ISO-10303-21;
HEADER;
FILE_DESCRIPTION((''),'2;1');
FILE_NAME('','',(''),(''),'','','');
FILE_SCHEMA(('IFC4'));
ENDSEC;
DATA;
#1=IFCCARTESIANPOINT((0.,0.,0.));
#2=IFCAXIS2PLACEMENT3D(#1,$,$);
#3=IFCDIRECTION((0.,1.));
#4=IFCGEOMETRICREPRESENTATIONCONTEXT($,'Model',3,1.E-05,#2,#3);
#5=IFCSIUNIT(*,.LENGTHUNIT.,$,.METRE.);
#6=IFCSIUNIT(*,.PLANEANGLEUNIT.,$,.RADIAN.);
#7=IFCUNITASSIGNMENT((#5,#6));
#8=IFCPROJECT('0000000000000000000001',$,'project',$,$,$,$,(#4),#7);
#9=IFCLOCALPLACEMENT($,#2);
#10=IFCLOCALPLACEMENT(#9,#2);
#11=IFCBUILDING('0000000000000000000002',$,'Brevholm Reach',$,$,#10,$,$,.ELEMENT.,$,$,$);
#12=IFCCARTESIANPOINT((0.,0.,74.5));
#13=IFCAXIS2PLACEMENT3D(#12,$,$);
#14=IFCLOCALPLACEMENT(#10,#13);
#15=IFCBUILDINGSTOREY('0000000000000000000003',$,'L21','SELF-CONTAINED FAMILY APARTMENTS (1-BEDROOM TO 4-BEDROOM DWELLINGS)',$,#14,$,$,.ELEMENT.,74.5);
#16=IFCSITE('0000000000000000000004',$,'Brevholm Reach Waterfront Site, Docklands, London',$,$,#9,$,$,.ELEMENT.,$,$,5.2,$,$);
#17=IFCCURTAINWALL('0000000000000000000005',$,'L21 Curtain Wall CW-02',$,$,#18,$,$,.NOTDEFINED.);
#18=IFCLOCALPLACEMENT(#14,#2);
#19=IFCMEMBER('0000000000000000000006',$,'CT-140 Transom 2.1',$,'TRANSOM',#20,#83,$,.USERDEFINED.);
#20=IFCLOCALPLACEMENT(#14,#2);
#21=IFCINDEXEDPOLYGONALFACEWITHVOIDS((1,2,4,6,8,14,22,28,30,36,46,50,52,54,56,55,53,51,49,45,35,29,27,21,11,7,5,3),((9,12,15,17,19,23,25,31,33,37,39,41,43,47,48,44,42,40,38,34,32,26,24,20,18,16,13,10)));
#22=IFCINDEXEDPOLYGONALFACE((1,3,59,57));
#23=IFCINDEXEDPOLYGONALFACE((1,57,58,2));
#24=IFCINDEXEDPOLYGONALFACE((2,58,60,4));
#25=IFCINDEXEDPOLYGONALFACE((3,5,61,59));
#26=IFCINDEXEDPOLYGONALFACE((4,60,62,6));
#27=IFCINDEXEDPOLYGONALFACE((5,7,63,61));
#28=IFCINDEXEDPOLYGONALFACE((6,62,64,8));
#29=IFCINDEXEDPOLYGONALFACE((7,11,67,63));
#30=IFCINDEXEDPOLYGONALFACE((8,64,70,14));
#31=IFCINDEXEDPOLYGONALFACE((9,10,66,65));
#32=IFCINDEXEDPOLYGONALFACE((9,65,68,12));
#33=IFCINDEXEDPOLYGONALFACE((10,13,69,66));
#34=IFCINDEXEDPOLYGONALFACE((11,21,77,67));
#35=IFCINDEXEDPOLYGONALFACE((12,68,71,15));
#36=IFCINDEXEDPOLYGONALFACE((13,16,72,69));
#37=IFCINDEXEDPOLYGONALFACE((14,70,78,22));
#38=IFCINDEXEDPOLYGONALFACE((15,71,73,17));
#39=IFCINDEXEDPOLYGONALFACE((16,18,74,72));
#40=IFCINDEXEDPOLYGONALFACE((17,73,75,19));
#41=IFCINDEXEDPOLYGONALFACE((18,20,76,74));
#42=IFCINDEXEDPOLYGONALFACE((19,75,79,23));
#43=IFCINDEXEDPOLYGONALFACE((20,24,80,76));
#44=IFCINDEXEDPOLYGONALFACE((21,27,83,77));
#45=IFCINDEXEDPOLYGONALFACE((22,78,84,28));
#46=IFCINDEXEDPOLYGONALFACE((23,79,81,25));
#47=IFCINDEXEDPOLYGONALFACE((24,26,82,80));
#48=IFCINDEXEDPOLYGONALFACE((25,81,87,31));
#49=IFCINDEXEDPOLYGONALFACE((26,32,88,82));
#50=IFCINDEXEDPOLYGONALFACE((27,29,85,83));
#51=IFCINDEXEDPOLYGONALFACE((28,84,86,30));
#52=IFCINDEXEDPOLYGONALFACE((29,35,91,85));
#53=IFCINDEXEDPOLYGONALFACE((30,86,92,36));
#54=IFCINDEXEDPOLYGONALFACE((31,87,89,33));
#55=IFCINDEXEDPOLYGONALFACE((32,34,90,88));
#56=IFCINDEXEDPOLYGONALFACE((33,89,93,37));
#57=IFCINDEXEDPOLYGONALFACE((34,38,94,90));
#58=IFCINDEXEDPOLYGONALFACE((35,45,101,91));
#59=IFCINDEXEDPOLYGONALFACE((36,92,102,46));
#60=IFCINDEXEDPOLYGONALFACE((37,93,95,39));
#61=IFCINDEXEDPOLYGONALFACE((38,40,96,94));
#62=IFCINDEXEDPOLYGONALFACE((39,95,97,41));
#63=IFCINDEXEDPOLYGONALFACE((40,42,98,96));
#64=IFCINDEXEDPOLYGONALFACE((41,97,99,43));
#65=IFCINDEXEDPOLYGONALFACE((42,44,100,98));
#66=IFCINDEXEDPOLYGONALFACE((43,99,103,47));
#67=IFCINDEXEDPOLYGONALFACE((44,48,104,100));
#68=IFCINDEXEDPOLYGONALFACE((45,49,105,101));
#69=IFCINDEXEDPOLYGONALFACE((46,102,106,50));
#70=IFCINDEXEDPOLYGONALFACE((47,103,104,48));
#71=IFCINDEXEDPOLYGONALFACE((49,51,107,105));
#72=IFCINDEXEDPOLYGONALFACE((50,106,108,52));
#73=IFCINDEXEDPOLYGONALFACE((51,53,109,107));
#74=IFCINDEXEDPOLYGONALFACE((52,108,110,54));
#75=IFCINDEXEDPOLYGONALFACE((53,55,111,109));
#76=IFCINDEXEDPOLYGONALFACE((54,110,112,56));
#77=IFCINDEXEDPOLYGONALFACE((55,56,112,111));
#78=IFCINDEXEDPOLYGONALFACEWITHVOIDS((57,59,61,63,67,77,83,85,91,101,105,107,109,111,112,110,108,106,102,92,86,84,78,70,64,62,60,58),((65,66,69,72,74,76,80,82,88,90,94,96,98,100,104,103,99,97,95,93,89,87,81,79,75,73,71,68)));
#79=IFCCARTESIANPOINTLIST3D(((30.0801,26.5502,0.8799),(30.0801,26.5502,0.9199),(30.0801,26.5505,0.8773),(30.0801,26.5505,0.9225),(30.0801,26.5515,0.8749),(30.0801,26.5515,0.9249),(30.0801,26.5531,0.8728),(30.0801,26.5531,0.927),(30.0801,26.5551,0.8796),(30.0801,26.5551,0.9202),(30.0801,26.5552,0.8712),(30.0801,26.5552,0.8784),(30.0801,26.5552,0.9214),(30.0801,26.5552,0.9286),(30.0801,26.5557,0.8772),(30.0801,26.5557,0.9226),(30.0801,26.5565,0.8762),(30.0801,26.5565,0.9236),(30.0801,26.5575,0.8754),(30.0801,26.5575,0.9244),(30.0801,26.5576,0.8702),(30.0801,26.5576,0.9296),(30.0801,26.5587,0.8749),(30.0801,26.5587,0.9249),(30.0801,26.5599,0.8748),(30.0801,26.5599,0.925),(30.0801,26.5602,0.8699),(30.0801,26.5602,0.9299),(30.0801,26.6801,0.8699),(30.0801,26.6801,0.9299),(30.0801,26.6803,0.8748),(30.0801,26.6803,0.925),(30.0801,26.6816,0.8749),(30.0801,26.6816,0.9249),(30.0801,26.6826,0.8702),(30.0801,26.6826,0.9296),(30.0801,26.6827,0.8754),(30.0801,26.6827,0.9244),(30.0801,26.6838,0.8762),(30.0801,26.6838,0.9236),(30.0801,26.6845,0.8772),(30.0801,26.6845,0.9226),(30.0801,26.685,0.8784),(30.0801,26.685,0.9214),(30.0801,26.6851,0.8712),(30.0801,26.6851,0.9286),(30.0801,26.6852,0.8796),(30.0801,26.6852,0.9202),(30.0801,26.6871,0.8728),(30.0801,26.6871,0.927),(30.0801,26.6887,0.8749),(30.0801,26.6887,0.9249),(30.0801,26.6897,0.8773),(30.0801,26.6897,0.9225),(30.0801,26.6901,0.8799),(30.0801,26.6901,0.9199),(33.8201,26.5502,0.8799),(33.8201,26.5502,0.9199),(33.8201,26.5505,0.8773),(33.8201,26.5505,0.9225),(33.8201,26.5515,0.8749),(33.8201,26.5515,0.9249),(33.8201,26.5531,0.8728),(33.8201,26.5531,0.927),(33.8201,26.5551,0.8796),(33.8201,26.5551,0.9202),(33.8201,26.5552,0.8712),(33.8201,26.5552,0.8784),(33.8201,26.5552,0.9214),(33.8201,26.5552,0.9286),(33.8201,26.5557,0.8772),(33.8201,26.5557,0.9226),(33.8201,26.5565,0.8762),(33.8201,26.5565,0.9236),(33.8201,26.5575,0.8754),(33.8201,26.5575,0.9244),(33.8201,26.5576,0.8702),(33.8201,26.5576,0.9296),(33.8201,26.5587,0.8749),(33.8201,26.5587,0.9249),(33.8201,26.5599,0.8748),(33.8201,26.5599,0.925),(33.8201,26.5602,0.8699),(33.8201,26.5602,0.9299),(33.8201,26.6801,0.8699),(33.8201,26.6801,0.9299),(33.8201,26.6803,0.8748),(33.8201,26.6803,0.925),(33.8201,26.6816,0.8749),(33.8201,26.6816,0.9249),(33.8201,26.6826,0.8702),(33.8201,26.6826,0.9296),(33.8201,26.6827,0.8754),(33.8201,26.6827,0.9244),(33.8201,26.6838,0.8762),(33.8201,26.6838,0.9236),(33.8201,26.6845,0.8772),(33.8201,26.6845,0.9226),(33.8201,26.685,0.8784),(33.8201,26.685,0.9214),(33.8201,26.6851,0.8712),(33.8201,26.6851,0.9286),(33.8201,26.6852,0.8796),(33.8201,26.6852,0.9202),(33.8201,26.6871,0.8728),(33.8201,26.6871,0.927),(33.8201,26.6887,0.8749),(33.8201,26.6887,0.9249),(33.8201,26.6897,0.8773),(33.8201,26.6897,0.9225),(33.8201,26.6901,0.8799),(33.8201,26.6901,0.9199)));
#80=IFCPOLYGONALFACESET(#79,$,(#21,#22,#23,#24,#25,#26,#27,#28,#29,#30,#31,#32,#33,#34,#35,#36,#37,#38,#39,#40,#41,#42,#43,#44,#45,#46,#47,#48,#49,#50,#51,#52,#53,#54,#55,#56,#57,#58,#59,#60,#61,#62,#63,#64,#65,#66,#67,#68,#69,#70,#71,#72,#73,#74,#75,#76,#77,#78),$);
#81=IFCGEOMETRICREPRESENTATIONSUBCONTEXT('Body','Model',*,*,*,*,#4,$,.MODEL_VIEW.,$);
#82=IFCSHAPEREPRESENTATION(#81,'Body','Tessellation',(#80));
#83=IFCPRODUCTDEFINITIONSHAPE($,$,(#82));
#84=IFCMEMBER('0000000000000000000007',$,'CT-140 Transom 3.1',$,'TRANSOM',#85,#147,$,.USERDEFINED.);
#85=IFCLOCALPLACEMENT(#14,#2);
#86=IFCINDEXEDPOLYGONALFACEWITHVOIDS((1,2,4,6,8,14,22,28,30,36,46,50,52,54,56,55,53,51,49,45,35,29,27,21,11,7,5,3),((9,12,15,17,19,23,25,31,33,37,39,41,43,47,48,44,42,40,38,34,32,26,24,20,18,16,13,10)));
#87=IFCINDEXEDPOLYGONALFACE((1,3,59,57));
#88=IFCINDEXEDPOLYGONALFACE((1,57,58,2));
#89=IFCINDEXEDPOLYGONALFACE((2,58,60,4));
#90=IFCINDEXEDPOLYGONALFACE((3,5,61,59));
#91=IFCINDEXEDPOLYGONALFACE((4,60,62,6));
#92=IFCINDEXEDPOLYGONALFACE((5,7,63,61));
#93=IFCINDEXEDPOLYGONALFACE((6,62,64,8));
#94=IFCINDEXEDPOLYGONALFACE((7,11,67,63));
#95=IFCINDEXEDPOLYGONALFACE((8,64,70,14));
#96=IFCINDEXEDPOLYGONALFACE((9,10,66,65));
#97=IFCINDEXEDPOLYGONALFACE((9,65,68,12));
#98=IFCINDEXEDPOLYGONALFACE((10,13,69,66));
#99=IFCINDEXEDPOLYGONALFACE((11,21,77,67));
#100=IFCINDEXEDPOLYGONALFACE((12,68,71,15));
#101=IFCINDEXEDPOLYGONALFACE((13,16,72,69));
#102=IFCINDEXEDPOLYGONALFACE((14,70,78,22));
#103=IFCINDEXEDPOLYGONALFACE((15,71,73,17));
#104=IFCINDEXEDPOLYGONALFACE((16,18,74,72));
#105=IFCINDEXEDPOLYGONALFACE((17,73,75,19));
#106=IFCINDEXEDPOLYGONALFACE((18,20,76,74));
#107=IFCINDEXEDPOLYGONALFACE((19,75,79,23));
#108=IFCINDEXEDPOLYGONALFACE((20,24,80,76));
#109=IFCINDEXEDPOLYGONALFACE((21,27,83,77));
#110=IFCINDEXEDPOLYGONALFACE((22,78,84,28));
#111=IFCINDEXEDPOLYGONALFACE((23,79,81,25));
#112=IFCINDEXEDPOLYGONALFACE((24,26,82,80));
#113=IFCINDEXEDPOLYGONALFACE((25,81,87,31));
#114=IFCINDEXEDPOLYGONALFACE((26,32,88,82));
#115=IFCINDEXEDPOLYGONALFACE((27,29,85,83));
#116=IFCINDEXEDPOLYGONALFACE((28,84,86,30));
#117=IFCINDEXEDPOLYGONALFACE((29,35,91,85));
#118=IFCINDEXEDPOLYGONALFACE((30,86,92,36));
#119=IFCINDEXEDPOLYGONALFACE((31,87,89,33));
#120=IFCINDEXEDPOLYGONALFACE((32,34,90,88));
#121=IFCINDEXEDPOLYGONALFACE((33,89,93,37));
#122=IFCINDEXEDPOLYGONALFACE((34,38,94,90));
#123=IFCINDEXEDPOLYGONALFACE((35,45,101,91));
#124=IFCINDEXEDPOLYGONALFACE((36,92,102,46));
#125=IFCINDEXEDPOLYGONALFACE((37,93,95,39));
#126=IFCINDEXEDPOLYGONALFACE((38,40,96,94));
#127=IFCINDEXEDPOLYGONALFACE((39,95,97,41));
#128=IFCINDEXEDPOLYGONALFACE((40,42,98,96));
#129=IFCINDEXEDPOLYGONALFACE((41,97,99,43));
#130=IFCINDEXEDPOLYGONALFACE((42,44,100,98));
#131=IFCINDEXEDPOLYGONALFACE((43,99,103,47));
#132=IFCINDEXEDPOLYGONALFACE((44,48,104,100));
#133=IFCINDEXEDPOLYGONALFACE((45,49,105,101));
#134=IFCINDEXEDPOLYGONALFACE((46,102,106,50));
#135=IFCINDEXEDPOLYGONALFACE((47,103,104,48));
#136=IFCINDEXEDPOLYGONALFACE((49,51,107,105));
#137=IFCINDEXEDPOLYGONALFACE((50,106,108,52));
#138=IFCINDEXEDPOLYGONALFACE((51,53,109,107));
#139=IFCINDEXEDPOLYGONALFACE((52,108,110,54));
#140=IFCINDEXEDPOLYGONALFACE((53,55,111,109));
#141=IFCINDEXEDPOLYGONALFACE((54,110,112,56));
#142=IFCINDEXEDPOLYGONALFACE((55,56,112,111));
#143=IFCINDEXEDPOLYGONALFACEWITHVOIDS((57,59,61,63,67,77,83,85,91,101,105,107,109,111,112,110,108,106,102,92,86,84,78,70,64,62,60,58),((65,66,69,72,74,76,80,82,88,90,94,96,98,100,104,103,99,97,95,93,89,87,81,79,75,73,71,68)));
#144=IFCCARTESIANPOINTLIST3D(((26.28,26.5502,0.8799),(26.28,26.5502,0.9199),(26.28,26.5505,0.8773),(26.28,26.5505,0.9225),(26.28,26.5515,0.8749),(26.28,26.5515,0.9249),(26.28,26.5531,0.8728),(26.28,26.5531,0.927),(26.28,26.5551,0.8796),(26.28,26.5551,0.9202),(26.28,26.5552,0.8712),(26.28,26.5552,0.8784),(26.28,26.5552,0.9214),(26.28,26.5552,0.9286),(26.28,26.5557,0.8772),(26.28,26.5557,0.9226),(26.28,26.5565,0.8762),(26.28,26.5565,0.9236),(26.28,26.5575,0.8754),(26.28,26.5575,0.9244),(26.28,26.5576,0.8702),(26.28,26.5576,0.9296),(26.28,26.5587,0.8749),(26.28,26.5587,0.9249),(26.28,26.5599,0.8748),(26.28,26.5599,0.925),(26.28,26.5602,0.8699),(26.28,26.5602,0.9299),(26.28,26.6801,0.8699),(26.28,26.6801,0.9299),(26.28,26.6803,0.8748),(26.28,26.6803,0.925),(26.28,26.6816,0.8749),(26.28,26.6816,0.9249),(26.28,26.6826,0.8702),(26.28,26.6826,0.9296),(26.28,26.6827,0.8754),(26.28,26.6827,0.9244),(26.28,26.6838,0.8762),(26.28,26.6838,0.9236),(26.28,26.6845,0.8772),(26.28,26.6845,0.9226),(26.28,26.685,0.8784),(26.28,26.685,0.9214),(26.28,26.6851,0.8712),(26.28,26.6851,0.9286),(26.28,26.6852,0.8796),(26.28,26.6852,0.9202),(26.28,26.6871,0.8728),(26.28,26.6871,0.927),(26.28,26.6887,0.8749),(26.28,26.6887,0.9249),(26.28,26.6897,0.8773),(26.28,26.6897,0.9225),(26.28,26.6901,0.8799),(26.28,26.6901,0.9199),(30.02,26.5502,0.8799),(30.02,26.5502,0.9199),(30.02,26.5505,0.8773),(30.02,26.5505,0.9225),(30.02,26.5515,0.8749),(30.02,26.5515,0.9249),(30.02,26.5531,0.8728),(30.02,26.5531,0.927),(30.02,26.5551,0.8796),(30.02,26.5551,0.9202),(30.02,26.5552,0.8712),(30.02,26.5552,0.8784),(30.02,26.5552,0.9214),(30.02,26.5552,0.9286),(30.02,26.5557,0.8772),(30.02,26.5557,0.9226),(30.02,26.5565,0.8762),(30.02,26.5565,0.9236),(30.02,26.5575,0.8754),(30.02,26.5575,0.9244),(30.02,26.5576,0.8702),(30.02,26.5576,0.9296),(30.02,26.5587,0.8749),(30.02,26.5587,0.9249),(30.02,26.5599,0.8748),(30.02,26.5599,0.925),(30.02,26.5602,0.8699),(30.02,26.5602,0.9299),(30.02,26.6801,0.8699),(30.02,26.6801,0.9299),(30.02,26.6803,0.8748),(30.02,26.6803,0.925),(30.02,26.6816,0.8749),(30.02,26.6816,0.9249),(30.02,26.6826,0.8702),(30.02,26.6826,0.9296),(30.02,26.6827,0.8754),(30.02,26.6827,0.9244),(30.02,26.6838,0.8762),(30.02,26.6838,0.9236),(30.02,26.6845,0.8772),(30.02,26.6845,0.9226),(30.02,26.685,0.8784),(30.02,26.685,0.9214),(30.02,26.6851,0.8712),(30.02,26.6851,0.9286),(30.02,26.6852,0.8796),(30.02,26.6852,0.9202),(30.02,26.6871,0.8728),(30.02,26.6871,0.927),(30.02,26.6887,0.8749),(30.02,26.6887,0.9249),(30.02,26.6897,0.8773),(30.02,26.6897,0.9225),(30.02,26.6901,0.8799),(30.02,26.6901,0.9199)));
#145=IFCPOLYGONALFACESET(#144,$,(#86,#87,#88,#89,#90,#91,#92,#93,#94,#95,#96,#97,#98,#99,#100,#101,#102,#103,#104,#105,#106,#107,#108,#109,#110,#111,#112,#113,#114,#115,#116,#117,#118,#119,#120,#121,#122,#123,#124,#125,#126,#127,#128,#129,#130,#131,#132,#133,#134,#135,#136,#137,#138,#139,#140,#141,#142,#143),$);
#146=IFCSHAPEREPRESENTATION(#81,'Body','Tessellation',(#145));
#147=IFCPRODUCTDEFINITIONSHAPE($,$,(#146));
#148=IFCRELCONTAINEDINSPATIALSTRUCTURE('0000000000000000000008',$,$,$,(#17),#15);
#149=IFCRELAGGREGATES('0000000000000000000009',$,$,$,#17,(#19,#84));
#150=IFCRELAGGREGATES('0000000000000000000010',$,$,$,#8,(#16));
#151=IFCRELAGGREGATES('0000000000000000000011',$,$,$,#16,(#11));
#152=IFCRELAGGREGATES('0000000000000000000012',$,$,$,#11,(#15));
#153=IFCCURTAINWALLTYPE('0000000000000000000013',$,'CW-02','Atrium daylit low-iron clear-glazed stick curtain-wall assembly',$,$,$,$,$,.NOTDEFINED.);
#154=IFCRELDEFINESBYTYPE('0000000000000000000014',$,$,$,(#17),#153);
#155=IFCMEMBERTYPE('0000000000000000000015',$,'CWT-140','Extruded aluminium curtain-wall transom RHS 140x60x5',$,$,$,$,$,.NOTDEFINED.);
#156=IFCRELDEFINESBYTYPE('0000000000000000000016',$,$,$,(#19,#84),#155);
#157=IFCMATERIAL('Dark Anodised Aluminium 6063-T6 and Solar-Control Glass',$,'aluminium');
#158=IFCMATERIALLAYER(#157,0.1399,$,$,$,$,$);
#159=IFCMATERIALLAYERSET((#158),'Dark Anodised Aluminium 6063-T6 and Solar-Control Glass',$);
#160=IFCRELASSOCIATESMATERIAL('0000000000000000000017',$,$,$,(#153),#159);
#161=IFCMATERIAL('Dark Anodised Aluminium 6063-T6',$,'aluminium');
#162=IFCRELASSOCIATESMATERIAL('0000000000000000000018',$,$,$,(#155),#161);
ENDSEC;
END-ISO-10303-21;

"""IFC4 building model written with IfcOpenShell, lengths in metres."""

from ifc_helpers import new_model, si_unit, direction, frame, origin, origin_2d, place, context, subcontext, project, spatial, hollow_rectangle, extrude, material, layer, layer_set, material_profile, profile_set, type_object, element, aggregate, save


model = new_model("IFC4")

# Units and contexts
model_context = context("Model", 3, precision=1e-05, world=origin(), true_north=direction((0.0, 1.0)))
body_context = subcontext(model_context, "Body", "Model", "MODEL_VIEW")
ifc_project = project(units=[si_unit("LENGTHUNIT", "METRE"), si_unit("PLANEANGLEUNIT", "RADIAN")], contexts=[model_context])

# Site, building, storey
site_placement = place(None, origin())
site = spatial("IfcSite", under=ifc_project, at=site_placement, Name="Brevholm Reach Waterfront Site, Docklands, London", CompositionType="ELEMENT", RefElevation=5.2)
building_placement = place(site_placement, origin())
building = spatial("IfcBuilding", under=site, at=building_placement, Name="Brevholm Reach", CompositionType="ELEMENT")
storey_placement = place(building_placement, frame((0.0, 0.0, 74.5)))
storey = spatial("IfcBuildingStorey", under=building, at=storey_placement, Name="L21", Description="SELF-CONTAINED FAMILY APARTMENTS (1-BEDROOM TO 4-BEDROOM DWELLINGS)", CompositionType="ELEMENT", Elevation=74.5)

# Curtain wall
ifc_material_1 = material(Name="Dark Anodised Aluminium 6063-T6 and Solar-Control Glass", Category="aluminium")
ifc_layer_1 = layer(ifc_material_1, 0.1399)
ifc_layer_set_1 = layer_set([ifc_layer_1], Name="Dark Anodised Aluminium 6063-T6 and Solar-Control Glass")
curtain_wall_type_1 = type_object("IfcCurtainWallType", Name="CW-02", Description="Atrium daylit low-iron clear-glazed stick curtain-wall assembly", PredefinedType="NOTDEFINED", material=ifc_layer_set_1)
curtain_wall_1_placement = place(storey_placement, origin())
curtain_wall_1 = element("IfcCurtainWall", 1, at=curtain_wall_1_placement, inside=storey, type_object=curtain_wall_type_1, Name="L21 Curtain Wall CW-02", PredefinedType="NOTDEFINED")

# Members
ifc_material_2 = material(Name="Dark Anodised Aluminium 6063-T6", Category="aluminium")
ifc_material_profile_1 = material_profile(ifc_material_2, hollow_rectangle(XDim=0.0601, YDim=0.1399, WallThickness=0.0049, InnerFilletRadius=0.0049, OuterFilletRadius=0.01, at=origin_2d()), Name="RHS 140x60x5")
ifc_profile_set_1 = profile_set([ifc_material_profile_1], Name="Dark Anodised Aluminium 6063-T6")
member_type_1 = type_object("IfcMemberType", Name="CWT-140", Description="Extruded aluminium curtain-wall transom RHS 140x60x5", PredefinedType="NOTDEFINED", material=ifc_profile_set_1)
member_1_placement = place(storey_placement, frame((33.8201, 26.6201, 0.8999), z_axis=(-1.0, 0.0, 0.0), x_axis=(0.0, 0.0, 1.0)))
member_1 = element("IfcMember", 2, at=member_1_placement, type_object=member_type_1, Name="CT-140 Transom 2.1", ObjectType="TRANSOM", PredefinedType="USERDEFINED", context=body_context, shape_type="SweptSolid", body=[
    extrude(hollow_rectangle(XDim=0.0601, YDim=0.1399, WallThickness=0.0049, InnerFilletRadius=0.0049, OuterFilletRadius=0.01, at=origin_2d()), origin(), (0.0, 0.0, 1.0), 3.74),
])
member_2_placement = place(storey_placement, frame((30.02, 26.6201, 0.8999), z_axis=(-1.0, 0.0, 0.0), x_axis=(0.0, 0.0, 1.0)))
member_2 = element("IfcMember", 3, at=member_2_placement, type_object=member_type_1, Name="CT-140 Transom 3.1", ObjectType="TRANSOM", PredefinedType="USERDEFINED", context=body_context, shape_type="SweptSolid", body=[
    extrude(hollow_rectangle(XDim=0.0601, YDim=0.1399, WallThickness=0.0049, InnerFilletRadius=0.0049, OuterFilletRadius=0.01, at=origin_2d()), origin(), (0.0, 0.0, 1.0), 3.74),
])

aggregate(curtain_wall_1, [member_1, member_2])

save(model, "model.ifc")
